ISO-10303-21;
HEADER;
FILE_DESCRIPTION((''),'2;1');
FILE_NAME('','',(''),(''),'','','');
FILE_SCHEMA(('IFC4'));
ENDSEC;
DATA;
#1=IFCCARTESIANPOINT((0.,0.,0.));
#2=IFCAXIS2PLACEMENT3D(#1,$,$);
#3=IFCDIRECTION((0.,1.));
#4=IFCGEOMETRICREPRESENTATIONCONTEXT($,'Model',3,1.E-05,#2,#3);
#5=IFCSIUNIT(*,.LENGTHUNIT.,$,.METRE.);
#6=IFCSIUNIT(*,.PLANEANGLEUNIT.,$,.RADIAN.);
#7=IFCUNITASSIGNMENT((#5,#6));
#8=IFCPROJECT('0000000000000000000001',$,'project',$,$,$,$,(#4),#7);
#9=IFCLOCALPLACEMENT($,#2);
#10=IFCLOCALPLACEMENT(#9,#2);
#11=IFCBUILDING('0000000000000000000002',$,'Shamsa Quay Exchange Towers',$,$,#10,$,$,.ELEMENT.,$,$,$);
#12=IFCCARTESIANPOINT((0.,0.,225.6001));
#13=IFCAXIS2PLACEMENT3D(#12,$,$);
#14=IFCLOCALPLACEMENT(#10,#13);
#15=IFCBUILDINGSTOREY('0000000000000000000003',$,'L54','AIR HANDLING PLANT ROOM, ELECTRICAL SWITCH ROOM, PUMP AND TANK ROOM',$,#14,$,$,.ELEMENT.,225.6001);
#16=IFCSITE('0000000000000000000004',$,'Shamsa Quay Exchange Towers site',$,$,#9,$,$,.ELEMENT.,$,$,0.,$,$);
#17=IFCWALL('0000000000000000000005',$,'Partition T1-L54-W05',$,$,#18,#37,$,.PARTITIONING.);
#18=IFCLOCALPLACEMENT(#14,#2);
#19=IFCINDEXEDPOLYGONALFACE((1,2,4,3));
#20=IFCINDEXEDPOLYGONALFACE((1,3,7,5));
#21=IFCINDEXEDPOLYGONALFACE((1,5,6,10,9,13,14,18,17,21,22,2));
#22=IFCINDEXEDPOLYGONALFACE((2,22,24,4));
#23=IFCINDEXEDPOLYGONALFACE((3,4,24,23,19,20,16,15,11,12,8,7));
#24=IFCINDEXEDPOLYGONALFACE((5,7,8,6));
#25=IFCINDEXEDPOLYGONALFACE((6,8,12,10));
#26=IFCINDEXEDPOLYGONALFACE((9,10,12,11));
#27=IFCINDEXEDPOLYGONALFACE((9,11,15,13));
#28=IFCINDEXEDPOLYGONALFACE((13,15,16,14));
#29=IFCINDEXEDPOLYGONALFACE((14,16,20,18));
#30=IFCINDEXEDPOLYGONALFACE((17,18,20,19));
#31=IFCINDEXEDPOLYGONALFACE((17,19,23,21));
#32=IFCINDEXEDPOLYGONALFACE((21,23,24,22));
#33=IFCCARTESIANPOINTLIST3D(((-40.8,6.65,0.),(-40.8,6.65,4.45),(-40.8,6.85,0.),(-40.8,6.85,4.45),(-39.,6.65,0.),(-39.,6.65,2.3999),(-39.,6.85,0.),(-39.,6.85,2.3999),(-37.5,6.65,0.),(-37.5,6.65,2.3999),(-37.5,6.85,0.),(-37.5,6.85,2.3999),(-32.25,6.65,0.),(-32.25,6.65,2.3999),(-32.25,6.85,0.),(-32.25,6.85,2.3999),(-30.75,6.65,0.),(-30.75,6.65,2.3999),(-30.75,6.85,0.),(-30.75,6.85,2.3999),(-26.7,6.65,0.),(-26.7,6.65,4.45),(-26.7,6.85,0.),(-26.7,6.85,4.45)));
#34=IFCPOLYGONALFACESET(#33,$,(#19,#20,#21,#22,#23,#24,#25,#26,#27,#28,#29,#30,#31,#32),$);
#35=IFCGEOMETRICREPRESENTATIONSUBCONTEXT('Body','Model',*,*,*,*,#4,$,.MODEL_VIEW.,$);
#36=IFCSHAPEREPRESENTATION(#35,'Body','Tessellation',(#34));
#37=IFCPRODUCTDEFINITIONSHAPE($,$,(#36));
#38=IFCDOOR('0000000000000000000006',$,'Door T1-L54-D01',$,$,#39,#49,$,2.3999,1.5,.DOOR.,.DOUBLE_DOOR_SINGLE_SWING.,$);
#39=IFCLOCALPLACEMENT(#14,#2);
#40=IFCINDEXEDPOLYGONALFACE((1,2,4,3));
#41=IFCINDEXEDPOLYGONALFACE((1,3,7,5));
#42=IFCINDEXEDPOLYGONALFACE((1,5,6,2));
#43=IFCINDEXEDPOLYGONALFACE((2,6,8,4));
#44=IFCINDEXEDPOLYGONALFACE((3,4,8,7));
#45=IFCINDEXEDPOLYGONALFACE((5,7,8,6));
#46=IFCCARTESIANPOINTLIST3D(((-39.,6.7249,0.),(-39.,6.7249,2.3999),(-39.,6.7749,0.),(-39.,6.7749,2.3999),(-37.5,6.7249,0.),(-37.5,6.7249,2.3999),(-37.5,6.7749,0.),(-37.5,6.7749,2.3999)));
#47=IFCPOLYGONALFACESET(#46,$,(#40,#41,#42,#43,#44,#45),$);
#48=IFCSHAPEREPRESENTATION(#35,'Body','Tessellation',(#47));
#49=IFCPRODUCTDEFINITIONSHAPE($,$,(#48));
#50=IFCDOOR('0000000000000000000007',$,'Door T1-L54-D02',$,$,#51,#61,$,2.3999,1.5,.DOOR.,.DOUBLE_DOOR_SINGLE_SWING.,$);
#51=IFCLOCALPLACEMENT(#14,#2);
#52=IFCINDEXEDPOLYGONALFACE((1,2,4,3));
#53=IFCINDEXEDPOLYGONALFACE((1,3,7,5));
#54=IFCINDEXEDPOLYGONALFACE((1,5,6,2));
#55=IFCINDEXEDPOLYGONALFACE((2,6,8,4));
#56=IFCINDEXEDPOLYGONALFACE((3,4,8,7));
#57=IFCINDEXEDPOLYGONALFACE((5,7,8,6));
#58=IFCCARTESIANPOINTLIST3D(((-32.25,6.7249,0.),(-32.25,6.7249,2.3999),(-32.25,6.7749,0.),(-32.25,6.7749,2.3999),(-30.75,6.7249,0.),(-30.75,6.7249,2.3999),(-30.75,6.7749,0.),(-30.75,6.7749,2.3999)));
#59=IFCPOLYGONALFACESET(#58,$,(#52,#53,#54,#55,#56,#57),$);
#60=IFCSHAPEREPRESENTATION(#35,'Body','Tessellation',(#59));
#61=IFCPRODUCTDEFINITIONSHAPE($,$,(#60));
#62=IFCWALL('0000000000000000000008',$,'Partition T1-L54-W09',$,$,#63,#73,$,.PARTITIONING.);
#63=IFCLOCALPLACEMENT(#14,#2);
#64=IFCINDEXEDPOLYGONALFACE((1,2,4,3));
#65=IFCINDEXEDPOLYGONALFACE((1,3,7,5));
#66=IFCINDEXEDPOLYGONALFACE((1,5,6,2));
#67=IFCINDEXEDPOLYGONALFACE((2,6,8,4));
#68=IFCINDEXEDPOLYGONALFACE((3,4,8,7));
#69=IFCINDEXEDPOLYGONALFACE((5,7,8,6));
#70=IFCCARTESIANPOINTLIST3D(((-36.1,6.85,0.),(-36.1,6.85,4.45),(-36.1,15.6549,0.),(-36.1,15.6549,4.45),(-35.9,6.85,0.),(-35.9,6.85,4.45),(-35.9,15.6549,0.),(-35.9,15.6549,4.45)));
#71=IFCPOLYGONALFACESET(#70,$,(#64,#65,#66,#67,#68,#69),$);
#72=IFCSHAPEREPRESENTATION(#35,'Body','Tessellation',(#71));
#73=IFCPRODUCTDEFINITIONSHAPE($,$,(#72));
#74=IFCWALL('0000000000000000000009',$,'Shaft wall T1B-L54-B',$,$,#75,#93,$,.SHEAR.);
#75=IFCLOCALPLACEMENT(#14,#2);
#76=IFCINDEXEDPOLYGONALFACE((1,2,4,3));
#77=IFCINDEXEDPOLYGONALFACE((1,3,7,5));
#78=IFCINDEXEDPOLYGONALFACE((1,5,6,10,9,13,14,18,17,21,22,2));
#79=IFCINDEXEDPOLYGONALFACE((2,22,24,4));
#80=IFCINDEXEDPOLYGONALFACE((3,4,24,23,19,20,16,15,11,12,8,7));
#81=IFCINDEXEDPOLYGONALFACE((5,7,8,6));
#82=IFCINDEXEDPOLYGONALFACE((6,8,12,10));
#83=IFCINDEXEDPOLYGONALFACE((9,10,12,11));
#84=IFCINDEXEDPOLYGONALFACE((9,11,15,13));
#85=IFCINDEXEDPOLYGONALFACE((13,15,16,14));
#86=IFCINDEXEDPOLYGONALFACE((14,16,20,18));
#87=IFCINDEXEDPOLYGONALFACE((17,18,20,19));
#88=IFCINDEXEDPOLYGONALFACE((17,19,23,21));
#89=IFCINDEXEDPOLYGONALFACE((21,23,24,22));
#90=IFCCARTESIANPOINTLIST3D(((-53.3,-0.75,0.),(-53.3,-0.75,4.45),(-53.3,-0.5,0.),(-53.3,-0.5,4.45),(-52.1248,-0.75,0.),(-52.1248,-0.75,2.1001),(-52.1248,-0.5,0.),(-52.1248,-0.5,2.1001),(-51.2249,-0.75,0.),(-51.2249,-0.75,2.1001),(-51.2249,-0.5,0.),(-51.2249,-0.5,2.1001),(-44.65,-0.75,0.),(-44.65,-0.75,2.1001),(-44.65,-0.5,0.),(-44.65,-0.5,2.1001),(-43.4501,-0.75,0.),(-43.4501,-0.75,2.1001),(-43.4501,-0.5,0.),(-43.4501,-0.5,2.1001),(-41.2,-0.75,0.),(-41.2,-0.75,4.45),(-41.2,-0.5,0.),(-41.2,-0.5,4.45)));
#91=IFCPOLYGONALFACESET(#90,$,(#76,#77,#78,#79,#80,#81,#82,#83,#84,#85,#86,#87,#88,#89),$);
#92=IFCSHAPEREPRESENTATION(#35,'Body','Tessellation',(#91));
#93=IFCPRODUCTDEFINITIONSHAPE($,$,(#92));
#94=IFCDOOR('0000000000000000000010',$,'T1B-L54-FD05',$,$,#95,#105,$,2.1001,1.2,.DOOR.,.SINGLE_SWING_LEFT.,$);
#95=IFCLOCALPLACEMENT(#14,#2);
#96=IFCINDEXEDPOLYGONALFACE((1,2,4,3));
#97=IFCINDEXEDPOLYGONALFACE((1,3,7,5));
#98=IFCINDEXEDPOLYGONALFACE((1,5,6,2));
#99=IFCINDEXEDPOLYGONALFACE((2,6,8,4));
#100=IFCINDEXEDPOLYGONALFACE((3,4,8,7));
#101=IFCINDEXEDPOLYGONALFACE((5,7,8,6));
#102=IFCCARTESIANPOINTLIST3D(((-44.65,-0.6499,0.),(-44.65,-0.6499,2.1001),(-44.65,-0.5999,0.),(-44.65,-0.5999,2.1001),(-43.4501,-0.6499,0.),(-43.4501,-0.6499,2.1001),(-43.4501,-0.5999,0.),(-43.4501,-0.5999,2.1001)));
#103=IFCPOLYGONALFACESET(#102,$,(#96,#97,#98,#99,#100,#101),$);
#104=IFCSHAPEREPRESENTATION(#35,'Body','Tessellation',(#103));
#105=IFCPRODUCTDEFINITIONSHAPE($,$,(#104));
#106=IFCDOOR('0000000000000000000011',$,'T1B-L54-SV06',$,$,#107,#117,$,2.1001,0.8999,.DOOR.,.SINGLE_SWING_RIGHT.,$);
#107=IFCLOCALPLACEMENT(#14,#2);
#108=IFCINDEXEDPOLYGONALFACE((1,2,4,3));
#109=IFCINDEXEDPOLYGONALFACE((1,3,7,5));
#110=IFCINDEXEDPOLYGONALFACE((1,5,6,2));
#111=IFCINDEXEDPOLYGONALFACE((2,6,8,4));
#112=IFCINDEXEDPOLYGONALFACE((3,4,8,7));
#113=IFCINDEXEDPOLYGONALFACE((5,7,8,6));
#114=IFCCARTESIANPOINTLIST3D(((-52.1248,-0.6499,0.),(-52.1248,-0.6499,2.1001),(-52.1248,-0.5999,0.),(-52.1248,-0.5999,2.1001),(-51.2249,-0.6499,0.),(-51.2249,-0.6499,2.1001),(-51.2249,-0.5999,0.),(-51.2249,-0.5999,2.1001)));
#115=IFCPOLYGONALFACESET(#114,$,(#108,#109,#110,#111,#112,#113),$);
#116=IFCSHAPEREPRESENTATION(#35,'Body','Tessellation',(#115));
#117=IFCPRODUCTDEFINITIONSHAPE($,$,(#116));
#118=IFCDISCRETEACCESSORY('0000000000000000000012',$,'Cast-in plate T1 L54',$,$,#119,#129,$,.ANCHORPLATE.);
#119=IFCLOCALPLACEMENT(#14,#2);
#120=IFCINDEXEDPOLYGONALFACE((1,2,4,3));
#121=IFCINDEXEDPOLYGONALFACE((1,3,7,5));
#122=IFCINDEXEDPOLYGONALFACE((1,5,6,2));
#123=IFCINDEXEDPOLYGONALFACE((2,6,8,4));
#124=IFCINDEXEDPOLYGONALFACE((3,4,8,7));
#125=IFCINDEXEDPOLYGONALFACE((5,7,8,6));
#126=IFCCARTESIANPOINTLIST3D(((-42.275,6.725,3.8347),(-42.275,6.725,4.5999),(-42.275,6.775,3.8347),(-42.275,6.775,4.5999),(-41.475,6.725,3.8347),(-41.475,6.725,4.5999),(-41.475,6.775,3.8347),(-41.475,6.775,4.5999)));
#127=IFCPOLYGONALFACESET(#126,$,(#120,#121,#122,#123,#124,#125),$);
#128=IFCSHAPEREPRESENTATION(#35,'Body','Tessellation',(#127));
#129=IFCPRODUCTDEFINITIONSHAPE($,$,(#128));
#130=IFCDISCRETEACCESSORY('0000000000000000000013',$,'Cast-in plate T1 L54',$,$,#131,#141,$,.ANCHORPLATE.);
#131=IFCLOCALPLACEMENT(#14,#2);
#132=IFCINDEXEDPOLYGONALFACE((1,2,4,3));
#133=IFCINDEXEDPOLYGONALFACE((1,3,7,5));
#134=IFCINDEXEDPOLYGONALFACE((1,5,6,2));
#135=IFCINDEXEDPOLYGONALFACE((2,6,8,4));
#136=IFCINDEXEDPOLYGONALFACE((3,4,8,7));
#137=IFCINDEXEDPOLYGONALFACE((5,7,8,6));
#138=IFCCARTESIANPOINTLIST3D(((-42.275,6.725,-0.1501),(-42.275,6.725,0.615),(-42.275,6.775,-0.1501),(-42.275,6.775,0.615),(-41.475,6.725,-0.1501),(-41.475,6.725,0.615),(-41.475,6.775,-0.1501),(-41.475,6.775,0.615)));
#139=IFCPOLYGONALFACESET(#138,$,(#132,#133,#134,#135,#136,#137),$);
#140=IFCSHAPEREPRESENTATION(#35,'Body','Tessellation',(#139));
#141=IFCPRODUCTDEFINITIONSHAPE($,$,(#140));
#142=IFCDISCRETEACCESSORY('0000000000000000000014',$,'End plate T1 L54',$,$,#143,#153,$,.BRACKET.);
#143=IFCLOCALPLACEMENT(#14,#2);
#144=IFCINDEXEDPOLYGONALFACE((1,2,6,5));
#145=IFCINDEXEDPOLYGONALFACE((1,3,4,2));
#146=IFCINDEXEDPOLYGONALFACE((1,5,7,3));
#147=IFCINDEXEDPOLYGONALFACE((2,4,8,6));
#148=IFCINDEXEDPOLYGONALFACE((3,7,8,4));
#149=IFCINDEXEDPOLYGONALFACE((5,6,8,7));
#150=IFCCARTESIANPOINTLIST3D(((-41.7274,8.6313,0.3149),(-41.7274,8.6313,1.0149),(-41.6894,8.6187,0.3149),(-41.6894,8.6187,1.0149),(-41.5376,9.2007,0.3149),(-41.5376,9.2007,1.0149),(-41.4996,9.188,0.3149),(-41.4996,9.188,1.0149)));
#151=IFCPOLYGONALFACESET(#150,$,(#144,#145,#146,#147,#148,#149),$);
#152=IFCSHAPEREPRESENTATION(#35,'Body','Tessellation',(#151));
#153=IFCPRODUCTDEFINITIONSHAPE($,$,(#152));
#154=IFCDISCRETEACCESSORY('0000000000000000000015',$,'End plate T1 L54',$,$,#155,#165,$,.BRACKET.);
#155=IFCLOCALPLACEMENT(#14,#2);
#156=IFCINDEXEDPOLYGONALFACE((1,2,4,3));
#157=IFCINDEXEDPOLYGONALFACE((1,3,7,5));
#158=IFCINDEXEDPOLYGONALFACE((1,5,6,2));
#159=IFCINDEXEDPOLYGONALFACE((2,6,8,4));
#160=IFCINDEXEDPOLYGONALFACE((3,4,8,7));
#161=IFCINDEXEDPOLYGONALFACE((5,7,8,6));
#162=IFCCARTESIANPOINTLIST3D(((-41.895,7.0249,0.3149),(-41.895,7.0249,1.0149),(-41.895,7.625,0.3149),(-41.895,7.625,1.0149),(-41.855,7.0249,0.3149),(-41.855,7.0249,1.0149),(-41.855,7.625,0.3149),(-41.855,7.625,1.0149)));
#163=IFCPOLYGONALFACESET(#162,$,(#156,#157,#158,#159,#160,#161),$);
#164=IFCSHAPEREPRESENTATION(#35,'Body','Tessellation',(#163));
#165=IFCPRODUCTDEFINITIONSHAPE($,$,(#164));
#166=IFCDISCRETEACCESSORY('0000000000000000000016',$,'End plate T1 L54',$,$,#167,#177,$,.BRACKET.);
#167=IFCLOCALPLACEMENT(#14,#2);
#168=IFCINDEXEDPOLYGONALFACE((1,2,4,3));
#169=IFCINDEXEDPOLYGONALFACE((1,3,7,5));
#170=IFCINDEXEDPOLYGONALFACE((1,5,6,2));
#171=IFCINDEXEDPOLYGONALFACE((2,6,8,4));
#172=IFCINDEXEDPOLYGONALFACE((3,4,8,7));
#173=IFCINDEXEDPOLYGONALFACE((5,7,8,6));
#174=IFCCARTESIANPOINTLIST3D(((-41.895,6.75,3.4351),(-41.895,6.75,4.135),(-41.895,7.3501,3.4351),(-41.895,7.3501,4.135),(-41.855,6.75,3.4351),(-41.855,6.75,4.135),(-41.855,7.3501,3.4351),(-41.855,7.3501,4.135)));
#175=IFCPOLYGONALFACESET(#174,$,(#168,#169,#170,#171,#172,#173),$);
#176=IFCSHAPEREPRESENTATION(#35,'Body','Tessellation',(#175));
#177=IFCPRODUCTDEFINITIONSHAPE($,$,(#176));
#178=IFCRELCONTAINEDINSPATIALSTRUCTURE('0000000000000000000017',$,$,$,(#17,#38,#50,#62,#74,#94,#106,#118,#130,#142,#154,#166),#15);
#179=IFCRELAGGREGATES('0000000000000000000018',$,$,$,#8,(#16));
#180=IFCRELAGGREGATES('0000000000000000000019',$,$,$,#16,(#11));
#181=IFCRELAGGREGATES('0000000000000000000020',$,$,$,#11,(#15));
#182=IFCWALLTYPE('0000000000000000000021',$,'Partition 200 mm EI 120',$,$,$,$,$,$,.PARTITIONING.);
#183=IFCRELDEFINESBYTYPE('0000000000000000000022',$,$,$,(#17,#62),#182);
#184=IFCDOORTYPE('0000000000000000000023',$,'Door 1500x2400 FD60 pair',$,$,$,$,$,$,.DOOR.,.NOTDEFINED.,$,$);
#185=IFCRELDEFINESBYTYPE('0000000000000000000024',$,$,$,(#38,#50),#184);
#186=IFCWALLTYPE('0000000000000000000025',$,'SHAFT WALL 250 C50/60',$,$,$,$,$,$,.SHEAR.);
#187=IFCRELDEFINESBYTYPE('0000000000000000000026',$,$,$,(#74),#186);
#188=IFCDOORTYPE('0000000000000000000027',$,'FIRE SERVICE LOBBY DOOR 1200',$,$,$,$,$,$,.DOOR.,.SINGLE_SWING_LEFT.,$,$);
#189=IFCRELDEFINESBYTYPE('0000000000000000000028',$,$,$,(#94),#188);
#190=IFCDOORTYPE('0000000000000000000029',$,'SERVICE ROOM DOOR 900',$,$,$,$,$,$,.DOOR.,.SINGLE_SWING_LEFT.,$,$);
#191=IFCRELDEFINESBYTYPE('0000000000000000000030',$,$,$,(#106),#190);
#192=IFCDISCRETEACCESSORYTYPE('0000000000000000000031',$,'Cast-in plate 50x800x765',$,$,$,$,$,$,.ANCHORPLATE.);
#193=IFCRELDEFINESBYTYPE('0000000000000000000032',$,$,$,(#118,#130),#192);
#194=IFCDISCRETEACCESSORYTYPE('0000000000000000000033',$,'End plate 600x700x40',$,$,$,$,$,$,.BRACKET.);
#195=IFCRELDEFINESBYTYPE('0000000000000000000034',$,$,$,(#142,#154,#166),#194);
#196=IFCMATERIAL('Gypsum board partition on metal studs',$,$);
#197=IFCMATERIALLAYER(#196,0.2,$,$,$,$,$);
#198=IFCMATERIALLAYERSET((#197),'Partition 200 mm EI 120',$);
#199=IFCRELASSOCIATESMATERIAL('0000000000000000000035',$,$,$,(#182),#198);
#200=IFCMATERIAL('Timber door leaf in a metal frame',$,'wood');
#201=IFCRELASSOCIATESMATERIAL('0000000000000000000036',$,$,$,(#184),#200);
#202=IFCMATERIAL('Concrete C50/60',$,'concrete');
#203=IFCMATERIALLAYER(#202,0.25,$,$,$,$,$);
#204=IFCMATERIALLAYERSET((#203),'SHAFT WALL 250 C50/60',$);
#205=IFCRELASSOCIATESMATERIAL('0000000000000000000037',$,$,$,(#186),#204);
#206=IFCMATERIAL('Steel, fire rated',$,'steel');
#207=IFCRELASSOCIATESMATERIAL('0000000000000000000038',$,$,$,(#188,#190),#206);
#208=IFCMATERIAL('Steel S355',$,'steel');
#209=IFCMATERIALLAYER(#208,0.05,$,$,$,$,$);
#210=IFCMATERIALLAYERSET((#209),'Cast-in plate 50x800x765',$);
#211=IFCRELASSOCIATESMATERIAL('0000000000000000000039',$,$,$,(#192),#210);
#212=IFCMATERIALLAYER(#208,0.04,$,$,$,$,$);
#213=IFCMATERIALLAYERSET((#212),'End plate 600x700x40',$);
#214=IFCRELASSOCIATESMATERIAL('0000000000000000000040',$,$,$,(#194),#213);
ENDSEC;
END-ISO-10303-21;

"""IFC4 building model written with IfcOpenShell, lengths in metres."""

from ifc_helpers import new_model, si_unit, direction, frame, frame_2d, origin, origin_2d, place, context, subcontext, project, spatial, rectangle, extrude, material, layer, layer_set, type_object, element, fill, save


model = new_model("IFC4")

# Units and contexts
model_context = context("Model", 3, precision=1e-05, world=origin(), true_north=direction((0.0, 1.0)))
body_context = subcontext(model_context, "Body", "Model", "MODEL_VIEW")
ifc_project = project(units=[si_unit("LENGTHUNIT", "METRE"), si_unit("PLANEANGLEUNIT", "RADIAN")], contexts=[model_context])

# Site, building, storey
site_placement = place(None, origin())
site = spatial("IfcSite", under=ifc_project, at=site_placement, Name="Shamsa Quay Exchange Towers site", CompositionType="ELEMENT", RefElevation=0.0)
building_placement = place(site_placement, origin())
building = spatial("IfcBuilding", under=site, at=building_placement, Name="Shamsa Quay Exchange Towers", CompositionType="ELEMENT")
storey_placement = place(building_placement, frame((0.0, 0.0, 225.6001)))
storey = spatial("IfcBuildingStorey", under=building, at=storey_placement, Name="L54", Description="AIR HANDLING PLANT ROOM, ELECTRICAL SWITCH ROOM, PUMP AND TANK ROOM", CompositionType="ELEMENT", Elevation=225.6001)

# Shared definitions
ifc_material_1 = material(Name="Steel S355", Category="steel")

# Shared definitions
ifc_material_2 = material(Name="Gypsum board partition on metal studs")
ifc_layer_1 = layer(ifc_material_2, 0.2)
ifc_layer_set_1 = layer_set([ifc_layer_1], Name="Partition 200 mm EI 120")
wall_type_1 = type_object("IfcWallType", Name="Partition 200 mm EI 120", PredefinedType="PARTITIONING", material=ifc_layer_set_1)
ifc_material_3 = material(Name="Timber door leaf in a metal frame", Category="wood")
door_type_1 = type_object("IfcDoorType", Name="Door 1500x2400 FD60 pair", OperationType="NOTDEFINED", PredefinedType="DOOR", material=ifc_material_3)

# Wall, openings, doors
wall_1_placement = place(storey_placement, frame((-40.8, 6.75, 0.0)))
wall_1 = element("IfcWall", 1, at=wall_1_placement, inside=storey, type_object=wall_type_1, Name="Partition T1-L54-W05", PredefinedType="PARTITIONING", context=body_context, shape_type="SweptSolid", body=[
    extrude(rectangle(XDim=14.1001, YDim=0.2, at=frame_2d((7.05, 0.0))), origin(), (0.0, 0.0, 1.0), 4.45),
])
opening_1_placement = place(wall_1_placement, frame((1.8, 0.0, 0.0)))
opening_1 = element("IfcOpeningElement", 2, at=opening_1_placement, cuts=wall_1, PredefinedType="OPENING", context=body_context, shape_type="SweptSolid", body=[
    extrude(rectangle(XDim=1.5, YDim=2.3999, at=frame_2d((0.75, 1.2))), frame((0.0, 0.1099, 0.0), z_axis=(0.0, -1.0, 0.0), x_axis=(1.0, 0.0, 0.0)), (0.0, 0.0, 1.0), 0.22),
])
opening_2_placement = place(wall_1_placement, frame((8.55, 0.0, 0.0)))
opening_2 = element("IfcOpeningElement", 3, at=opening_2_placement, cuts=wall_1, PredefinedType="OPENING", context=body_context, shape_type="SweptSolid", body=[
    extrude(rectangle(XDim=1.5, YDim=2.3999, at=frame_2d((0.75, 1.2))), frame((0.0, 0.1099, 0.0), z_axis=(0.0, -1.0, 0.0), x_axis=(1.0, 0.0, 0.0)), (0.0, 0.0, 1.0), 0.22),
])
door_1_placement = place(opening_1_placement, origin())
door_1 = element("IfcDoor", 4, at=door_1_placement, inside=storey, type_object=door_type_1, Name="Door T1-L54-D01", OperationType="DOUBLE_DOOR_SINGLE_SWING", OverallHeight=2.3999, OverallWidth=1.5, PredefinedType="DOOR", context=body_context, shape_type="SweptSolid", body=[
    extrude(rectangle(XDim=1.5, YDim=2.3999, at=frame_2d((0.75, 1.2))), frame((0.0, 0.0249, 0.0), z_axis=(0.0, -1.0, 0.0), x_axis=(1.0, 0.0, 0.0)), (0.0, 0.0, 1.0), 0.05),
])
fill(opening_1, door_1)
door_2_placement = place(opening_2_placement, origin())
door_2 = element("IfcDoor", 5, at=door_2_placement, inside=storey, type_object=door_type_1, Name="Door T1-L54-D02", OperationType="DOUBLE_DOOR_SINGLE_SWING", OverallHeight=2.3999, OverallWidth=1.5, PredefinedType="DOOR", context=body_context, shape_type="SweptSolid", body=[
    extrude(rectangle(XDim=1.5, YDim=2.3999, at=frame_2d((0.75, 1.2))), frame((0.0, 0.0249, 0.0), z_axis=(0.0, -1.0, 0.0), x_axis=(1.0, 0.0, 0.0)), (0.0, 0.0, 1.0), 0.05),
])
fill(opening_2, door_2)

# Wall
wall_2_placement = place(storey_placement, frame((-36.0, 6.8501, 0.0), z_axis=(0.0, 0.0, 1.0), x_axis=(0.0, 1.0, 0.0)))
element("IfcWall", 6, at=wall_2_placement, inside=storey, type_object=wall_type_1, Name="Partition T1-L54-W09", PredefinedType="PARTITIONING", context=body_context, shape_type="SweptSolid", body=[
    extrude(rectangle(XDim=8.8049, YDim=0.2, at=frame_2d((4.4023, 0.0))), origin(), (0.0, 0.0, 1.0), 4.45),
])

# Wall, openings, doors
ifc_material_4 = material(Name="Concrete C50/60", Category="concrete")
ifc_layer_2 = layer(ifc_material_4, 0.25)
ifc_layer_set_2 = layer_set([ifc_layer_2], Name="SHAFT WALL 250 C50/60")
wall_type_2 = type_object("IfcWallType", Name="SHAFT WALL 250 C50/60", PredefinedType="SHEAR", material=ifc_layer_set_2)
wall_3_placement = place(storey_placement, frame((-41.2, -0.625, 0.0), z_axis=(0.0, 0.0, 1.0), x_axis=(-1.0, 0.0, 0.0)))
wall_3 = element("IfcWall", 7, at=wall_3_placement, inside=storey, type_object=wall_type_2, Name="Shaft wall T1B-L54-B", PredefinedType="SHEAR", context=body_context, shape_type="SweptSolid", body=[
    extrude(rectangle(XDim=12.1001, YDim=0.25, at=frame_2d((6.05, 0.0))), origin(), (0.0, 0.0, 1.0), 4.45),
])
opening_3_placement = place(wall_3_placement, frame((2.25, 0.0, 0.0)))
opening_3 = element("IfcOpeningElement", 8, at=opening_3_placement, cuts=wall_3, PredefinedType="OPENING", context=body_context, shape_type="SweptSolid", body=[
    extrude(rectangle(XDim=1.2, YDim=2.1001, at=frame_2d((0.6001, 1.05))), frame((0.0, 0.135, 0.0), z_axis=(0.0, -1.0, 0.0), x_axis=(1.0, 0.0, 0.0)), (0.0, 0.0, 1.0), 0.27),
])
opening_4_placement = place(wall_3_placement, frame((10.0249, 0.0, 0.0)))
opening_4 = element("IfcOpeningElement", 9, at=opening_4_placement, cuts=wall_3, PredefinedType="OPENING", context=body_context, shape_type="SweptSolid", body=[
    extrude(rectangle(XDim=0.8999, YDim=2.1001, at=frame_2d((0.45, 1.05))), frame((0.0, 0.135, 0.0), z_axis=(0.0, -1.0, 0.0), x_axis=(1.0, 0.0, 0.0)), (0.0, 0.0, 1.0), 0.27),
])
ifc_material_5 = material(Name="Steel, fire rated", Category="steel")
door_type_2 = type_object("IfcDoorType", Name="FIRE SERVICE LOBBY DOOR 1200", OperationType="SINGLE_SWING_LEFT", PredefinedType="DOOR", material=ifc_material_5)
door_3_placement = place(opening_3_placement, origin())
door_3 = element("IfcDoor", 10, at=door_3_placement, inside=storey, type_object=door_type_2, Name="T1B-L54-FD05", OperationType="SINGLE_SWING_LEFT", OverallHeight=2.1001, OverallWidth=1.2, PredefinedType="DOOR", context=body_context, shape_type="SweptSolid", body=[
    extrude(rectangle(XDim=1.2, YDim=2.1001, at=frame_2d((0.6001, 1.05))), frame((0.0, 0.0249, 0.0), z_axis=(0.0, -1.0, 0.0), x_axis=(1.0, 0.0, 0.0)), (0.0, 0.0, 1.0), 0.05),
])
fill(opening_3, door_3)
door_type_3 = type_object("IfcDoorType", Name="SERVICE ROOM DOOR 900", OperationType="SINGLE_SWING_LEFT", PredefinedType="DOOR", material=ifc_material_5)
door_4_placement = place(opening_4_placement, origin())
door_4 = element("IfcDoor", 11, at=door_4_placement, inside=storey, type_object=door_type_3, Name="T1B-L54-SV06", OperationType="SINGLE_SWING_RIGHT", OverallHeight=2.1001, OverallWidth=0.8999, PredefinedType="DOOR", context=body_context, shape_type="SweptSolid", body=[
    extrude(rectangle(XDim=0.8999, YDim=2.1001, at=frame_2d((0.45, 1.05))), frame((0.0, 0.0249, 0.0), z_axis=(0.0, -1.0, 0.0), x_axis=(1.0, 0.0, 0.0)), (0.0, 0.0, 1.0), 0.05),
])
fill(opening_4, door_4)

# Discrete accessories
ifc_layer_3 = layer(ifc_material_1, 0.05)
ifc_layer_set_3 = layer_set([ifc_layer_3], Name="Cast-in plate 50x800x765")
discrete_accessory_type_1 = type_object("IfcDiscreteAccessoryType", Name="Cast-in plate 50x800x765", PredefinedType="ANCHORPLATE", material=ifc_layer_set_3)
for number, where, z_axis, x_axis, name in (
    (12, (-41.875, 6.75, 3.8347), (0.0, 0.0, 1.0), (0.0, -1.0, 0.0), "Cast-in plate T1 L54"),
    (13, (-41.875, 6.75, -0.1501), (0.0, 0.0, 1.0), (0.0, -1.0, 0.0), "Cast-in plate T1 L54"),
):
    element("IfcDiscreteAccessory", number, at=place(storey_placement, frame(where, z_axis=z_axis, x_axis=x_axis)), inside=storey, type_object=discrete_accessory_type_1, Name=name, PredefinedType="ANCHORPLATE", context=body_context, shape_type="SweptSolid", body=[
        extrude(rectangle(XDim=0.05, YDim=0.8, at=origin_2d()), origin(), (0.0, 0.0, 1.0), 0.7651),
    ])
ifc_layer_4 = layer(ifc_material_1, 0.04)
ifc_layer_set_4 = layer_set([ifc_layer_4], Name="End plate 600x700x40")
discrete_accessory_type_2 = type_object("IfcDiscreteAccessoryType", Name="End plate 600x700x40", PredefinedType="BRACKET", material=ifc_layer_set_4)
for number, where, z_axis, x_axis, name in (
    (14, (-41.6135, 8.9097, 0.3149), (0.0, 0.0, 1.0), (-0.316228, -0.948683, 0.0), "End plate T1 L54"),
    (15, (-41.875, 7.325, 0.3149), (0.0, 0.0, 1.0), (0.0, -1.0, 0.0), "End plate T1 L54"),
    (16, (-41.875, 7.05, 3.4351), (0.0, 0.0, 1.0), (0.0, -1.0, 0.0), "End plate T1 L54"),
):
    element("IfcDiscreteAccessory", number, at=place(storey_placement, frame(where, z_axis=z_axis, x_axis=x_axis)), inside=storey, type_object=discrete_accessory_type_2, Name=name, PredefinedType="BRACKET", context=body_context, shape_type="SweptSolid", body=[
        extrude(rectangle(XDim=0.6001, YDim=0.04, at=origin_2d()), origin(), (0.0, 0.0, 1.0), 0.7),
    ])

save(model, "model.ifc")
